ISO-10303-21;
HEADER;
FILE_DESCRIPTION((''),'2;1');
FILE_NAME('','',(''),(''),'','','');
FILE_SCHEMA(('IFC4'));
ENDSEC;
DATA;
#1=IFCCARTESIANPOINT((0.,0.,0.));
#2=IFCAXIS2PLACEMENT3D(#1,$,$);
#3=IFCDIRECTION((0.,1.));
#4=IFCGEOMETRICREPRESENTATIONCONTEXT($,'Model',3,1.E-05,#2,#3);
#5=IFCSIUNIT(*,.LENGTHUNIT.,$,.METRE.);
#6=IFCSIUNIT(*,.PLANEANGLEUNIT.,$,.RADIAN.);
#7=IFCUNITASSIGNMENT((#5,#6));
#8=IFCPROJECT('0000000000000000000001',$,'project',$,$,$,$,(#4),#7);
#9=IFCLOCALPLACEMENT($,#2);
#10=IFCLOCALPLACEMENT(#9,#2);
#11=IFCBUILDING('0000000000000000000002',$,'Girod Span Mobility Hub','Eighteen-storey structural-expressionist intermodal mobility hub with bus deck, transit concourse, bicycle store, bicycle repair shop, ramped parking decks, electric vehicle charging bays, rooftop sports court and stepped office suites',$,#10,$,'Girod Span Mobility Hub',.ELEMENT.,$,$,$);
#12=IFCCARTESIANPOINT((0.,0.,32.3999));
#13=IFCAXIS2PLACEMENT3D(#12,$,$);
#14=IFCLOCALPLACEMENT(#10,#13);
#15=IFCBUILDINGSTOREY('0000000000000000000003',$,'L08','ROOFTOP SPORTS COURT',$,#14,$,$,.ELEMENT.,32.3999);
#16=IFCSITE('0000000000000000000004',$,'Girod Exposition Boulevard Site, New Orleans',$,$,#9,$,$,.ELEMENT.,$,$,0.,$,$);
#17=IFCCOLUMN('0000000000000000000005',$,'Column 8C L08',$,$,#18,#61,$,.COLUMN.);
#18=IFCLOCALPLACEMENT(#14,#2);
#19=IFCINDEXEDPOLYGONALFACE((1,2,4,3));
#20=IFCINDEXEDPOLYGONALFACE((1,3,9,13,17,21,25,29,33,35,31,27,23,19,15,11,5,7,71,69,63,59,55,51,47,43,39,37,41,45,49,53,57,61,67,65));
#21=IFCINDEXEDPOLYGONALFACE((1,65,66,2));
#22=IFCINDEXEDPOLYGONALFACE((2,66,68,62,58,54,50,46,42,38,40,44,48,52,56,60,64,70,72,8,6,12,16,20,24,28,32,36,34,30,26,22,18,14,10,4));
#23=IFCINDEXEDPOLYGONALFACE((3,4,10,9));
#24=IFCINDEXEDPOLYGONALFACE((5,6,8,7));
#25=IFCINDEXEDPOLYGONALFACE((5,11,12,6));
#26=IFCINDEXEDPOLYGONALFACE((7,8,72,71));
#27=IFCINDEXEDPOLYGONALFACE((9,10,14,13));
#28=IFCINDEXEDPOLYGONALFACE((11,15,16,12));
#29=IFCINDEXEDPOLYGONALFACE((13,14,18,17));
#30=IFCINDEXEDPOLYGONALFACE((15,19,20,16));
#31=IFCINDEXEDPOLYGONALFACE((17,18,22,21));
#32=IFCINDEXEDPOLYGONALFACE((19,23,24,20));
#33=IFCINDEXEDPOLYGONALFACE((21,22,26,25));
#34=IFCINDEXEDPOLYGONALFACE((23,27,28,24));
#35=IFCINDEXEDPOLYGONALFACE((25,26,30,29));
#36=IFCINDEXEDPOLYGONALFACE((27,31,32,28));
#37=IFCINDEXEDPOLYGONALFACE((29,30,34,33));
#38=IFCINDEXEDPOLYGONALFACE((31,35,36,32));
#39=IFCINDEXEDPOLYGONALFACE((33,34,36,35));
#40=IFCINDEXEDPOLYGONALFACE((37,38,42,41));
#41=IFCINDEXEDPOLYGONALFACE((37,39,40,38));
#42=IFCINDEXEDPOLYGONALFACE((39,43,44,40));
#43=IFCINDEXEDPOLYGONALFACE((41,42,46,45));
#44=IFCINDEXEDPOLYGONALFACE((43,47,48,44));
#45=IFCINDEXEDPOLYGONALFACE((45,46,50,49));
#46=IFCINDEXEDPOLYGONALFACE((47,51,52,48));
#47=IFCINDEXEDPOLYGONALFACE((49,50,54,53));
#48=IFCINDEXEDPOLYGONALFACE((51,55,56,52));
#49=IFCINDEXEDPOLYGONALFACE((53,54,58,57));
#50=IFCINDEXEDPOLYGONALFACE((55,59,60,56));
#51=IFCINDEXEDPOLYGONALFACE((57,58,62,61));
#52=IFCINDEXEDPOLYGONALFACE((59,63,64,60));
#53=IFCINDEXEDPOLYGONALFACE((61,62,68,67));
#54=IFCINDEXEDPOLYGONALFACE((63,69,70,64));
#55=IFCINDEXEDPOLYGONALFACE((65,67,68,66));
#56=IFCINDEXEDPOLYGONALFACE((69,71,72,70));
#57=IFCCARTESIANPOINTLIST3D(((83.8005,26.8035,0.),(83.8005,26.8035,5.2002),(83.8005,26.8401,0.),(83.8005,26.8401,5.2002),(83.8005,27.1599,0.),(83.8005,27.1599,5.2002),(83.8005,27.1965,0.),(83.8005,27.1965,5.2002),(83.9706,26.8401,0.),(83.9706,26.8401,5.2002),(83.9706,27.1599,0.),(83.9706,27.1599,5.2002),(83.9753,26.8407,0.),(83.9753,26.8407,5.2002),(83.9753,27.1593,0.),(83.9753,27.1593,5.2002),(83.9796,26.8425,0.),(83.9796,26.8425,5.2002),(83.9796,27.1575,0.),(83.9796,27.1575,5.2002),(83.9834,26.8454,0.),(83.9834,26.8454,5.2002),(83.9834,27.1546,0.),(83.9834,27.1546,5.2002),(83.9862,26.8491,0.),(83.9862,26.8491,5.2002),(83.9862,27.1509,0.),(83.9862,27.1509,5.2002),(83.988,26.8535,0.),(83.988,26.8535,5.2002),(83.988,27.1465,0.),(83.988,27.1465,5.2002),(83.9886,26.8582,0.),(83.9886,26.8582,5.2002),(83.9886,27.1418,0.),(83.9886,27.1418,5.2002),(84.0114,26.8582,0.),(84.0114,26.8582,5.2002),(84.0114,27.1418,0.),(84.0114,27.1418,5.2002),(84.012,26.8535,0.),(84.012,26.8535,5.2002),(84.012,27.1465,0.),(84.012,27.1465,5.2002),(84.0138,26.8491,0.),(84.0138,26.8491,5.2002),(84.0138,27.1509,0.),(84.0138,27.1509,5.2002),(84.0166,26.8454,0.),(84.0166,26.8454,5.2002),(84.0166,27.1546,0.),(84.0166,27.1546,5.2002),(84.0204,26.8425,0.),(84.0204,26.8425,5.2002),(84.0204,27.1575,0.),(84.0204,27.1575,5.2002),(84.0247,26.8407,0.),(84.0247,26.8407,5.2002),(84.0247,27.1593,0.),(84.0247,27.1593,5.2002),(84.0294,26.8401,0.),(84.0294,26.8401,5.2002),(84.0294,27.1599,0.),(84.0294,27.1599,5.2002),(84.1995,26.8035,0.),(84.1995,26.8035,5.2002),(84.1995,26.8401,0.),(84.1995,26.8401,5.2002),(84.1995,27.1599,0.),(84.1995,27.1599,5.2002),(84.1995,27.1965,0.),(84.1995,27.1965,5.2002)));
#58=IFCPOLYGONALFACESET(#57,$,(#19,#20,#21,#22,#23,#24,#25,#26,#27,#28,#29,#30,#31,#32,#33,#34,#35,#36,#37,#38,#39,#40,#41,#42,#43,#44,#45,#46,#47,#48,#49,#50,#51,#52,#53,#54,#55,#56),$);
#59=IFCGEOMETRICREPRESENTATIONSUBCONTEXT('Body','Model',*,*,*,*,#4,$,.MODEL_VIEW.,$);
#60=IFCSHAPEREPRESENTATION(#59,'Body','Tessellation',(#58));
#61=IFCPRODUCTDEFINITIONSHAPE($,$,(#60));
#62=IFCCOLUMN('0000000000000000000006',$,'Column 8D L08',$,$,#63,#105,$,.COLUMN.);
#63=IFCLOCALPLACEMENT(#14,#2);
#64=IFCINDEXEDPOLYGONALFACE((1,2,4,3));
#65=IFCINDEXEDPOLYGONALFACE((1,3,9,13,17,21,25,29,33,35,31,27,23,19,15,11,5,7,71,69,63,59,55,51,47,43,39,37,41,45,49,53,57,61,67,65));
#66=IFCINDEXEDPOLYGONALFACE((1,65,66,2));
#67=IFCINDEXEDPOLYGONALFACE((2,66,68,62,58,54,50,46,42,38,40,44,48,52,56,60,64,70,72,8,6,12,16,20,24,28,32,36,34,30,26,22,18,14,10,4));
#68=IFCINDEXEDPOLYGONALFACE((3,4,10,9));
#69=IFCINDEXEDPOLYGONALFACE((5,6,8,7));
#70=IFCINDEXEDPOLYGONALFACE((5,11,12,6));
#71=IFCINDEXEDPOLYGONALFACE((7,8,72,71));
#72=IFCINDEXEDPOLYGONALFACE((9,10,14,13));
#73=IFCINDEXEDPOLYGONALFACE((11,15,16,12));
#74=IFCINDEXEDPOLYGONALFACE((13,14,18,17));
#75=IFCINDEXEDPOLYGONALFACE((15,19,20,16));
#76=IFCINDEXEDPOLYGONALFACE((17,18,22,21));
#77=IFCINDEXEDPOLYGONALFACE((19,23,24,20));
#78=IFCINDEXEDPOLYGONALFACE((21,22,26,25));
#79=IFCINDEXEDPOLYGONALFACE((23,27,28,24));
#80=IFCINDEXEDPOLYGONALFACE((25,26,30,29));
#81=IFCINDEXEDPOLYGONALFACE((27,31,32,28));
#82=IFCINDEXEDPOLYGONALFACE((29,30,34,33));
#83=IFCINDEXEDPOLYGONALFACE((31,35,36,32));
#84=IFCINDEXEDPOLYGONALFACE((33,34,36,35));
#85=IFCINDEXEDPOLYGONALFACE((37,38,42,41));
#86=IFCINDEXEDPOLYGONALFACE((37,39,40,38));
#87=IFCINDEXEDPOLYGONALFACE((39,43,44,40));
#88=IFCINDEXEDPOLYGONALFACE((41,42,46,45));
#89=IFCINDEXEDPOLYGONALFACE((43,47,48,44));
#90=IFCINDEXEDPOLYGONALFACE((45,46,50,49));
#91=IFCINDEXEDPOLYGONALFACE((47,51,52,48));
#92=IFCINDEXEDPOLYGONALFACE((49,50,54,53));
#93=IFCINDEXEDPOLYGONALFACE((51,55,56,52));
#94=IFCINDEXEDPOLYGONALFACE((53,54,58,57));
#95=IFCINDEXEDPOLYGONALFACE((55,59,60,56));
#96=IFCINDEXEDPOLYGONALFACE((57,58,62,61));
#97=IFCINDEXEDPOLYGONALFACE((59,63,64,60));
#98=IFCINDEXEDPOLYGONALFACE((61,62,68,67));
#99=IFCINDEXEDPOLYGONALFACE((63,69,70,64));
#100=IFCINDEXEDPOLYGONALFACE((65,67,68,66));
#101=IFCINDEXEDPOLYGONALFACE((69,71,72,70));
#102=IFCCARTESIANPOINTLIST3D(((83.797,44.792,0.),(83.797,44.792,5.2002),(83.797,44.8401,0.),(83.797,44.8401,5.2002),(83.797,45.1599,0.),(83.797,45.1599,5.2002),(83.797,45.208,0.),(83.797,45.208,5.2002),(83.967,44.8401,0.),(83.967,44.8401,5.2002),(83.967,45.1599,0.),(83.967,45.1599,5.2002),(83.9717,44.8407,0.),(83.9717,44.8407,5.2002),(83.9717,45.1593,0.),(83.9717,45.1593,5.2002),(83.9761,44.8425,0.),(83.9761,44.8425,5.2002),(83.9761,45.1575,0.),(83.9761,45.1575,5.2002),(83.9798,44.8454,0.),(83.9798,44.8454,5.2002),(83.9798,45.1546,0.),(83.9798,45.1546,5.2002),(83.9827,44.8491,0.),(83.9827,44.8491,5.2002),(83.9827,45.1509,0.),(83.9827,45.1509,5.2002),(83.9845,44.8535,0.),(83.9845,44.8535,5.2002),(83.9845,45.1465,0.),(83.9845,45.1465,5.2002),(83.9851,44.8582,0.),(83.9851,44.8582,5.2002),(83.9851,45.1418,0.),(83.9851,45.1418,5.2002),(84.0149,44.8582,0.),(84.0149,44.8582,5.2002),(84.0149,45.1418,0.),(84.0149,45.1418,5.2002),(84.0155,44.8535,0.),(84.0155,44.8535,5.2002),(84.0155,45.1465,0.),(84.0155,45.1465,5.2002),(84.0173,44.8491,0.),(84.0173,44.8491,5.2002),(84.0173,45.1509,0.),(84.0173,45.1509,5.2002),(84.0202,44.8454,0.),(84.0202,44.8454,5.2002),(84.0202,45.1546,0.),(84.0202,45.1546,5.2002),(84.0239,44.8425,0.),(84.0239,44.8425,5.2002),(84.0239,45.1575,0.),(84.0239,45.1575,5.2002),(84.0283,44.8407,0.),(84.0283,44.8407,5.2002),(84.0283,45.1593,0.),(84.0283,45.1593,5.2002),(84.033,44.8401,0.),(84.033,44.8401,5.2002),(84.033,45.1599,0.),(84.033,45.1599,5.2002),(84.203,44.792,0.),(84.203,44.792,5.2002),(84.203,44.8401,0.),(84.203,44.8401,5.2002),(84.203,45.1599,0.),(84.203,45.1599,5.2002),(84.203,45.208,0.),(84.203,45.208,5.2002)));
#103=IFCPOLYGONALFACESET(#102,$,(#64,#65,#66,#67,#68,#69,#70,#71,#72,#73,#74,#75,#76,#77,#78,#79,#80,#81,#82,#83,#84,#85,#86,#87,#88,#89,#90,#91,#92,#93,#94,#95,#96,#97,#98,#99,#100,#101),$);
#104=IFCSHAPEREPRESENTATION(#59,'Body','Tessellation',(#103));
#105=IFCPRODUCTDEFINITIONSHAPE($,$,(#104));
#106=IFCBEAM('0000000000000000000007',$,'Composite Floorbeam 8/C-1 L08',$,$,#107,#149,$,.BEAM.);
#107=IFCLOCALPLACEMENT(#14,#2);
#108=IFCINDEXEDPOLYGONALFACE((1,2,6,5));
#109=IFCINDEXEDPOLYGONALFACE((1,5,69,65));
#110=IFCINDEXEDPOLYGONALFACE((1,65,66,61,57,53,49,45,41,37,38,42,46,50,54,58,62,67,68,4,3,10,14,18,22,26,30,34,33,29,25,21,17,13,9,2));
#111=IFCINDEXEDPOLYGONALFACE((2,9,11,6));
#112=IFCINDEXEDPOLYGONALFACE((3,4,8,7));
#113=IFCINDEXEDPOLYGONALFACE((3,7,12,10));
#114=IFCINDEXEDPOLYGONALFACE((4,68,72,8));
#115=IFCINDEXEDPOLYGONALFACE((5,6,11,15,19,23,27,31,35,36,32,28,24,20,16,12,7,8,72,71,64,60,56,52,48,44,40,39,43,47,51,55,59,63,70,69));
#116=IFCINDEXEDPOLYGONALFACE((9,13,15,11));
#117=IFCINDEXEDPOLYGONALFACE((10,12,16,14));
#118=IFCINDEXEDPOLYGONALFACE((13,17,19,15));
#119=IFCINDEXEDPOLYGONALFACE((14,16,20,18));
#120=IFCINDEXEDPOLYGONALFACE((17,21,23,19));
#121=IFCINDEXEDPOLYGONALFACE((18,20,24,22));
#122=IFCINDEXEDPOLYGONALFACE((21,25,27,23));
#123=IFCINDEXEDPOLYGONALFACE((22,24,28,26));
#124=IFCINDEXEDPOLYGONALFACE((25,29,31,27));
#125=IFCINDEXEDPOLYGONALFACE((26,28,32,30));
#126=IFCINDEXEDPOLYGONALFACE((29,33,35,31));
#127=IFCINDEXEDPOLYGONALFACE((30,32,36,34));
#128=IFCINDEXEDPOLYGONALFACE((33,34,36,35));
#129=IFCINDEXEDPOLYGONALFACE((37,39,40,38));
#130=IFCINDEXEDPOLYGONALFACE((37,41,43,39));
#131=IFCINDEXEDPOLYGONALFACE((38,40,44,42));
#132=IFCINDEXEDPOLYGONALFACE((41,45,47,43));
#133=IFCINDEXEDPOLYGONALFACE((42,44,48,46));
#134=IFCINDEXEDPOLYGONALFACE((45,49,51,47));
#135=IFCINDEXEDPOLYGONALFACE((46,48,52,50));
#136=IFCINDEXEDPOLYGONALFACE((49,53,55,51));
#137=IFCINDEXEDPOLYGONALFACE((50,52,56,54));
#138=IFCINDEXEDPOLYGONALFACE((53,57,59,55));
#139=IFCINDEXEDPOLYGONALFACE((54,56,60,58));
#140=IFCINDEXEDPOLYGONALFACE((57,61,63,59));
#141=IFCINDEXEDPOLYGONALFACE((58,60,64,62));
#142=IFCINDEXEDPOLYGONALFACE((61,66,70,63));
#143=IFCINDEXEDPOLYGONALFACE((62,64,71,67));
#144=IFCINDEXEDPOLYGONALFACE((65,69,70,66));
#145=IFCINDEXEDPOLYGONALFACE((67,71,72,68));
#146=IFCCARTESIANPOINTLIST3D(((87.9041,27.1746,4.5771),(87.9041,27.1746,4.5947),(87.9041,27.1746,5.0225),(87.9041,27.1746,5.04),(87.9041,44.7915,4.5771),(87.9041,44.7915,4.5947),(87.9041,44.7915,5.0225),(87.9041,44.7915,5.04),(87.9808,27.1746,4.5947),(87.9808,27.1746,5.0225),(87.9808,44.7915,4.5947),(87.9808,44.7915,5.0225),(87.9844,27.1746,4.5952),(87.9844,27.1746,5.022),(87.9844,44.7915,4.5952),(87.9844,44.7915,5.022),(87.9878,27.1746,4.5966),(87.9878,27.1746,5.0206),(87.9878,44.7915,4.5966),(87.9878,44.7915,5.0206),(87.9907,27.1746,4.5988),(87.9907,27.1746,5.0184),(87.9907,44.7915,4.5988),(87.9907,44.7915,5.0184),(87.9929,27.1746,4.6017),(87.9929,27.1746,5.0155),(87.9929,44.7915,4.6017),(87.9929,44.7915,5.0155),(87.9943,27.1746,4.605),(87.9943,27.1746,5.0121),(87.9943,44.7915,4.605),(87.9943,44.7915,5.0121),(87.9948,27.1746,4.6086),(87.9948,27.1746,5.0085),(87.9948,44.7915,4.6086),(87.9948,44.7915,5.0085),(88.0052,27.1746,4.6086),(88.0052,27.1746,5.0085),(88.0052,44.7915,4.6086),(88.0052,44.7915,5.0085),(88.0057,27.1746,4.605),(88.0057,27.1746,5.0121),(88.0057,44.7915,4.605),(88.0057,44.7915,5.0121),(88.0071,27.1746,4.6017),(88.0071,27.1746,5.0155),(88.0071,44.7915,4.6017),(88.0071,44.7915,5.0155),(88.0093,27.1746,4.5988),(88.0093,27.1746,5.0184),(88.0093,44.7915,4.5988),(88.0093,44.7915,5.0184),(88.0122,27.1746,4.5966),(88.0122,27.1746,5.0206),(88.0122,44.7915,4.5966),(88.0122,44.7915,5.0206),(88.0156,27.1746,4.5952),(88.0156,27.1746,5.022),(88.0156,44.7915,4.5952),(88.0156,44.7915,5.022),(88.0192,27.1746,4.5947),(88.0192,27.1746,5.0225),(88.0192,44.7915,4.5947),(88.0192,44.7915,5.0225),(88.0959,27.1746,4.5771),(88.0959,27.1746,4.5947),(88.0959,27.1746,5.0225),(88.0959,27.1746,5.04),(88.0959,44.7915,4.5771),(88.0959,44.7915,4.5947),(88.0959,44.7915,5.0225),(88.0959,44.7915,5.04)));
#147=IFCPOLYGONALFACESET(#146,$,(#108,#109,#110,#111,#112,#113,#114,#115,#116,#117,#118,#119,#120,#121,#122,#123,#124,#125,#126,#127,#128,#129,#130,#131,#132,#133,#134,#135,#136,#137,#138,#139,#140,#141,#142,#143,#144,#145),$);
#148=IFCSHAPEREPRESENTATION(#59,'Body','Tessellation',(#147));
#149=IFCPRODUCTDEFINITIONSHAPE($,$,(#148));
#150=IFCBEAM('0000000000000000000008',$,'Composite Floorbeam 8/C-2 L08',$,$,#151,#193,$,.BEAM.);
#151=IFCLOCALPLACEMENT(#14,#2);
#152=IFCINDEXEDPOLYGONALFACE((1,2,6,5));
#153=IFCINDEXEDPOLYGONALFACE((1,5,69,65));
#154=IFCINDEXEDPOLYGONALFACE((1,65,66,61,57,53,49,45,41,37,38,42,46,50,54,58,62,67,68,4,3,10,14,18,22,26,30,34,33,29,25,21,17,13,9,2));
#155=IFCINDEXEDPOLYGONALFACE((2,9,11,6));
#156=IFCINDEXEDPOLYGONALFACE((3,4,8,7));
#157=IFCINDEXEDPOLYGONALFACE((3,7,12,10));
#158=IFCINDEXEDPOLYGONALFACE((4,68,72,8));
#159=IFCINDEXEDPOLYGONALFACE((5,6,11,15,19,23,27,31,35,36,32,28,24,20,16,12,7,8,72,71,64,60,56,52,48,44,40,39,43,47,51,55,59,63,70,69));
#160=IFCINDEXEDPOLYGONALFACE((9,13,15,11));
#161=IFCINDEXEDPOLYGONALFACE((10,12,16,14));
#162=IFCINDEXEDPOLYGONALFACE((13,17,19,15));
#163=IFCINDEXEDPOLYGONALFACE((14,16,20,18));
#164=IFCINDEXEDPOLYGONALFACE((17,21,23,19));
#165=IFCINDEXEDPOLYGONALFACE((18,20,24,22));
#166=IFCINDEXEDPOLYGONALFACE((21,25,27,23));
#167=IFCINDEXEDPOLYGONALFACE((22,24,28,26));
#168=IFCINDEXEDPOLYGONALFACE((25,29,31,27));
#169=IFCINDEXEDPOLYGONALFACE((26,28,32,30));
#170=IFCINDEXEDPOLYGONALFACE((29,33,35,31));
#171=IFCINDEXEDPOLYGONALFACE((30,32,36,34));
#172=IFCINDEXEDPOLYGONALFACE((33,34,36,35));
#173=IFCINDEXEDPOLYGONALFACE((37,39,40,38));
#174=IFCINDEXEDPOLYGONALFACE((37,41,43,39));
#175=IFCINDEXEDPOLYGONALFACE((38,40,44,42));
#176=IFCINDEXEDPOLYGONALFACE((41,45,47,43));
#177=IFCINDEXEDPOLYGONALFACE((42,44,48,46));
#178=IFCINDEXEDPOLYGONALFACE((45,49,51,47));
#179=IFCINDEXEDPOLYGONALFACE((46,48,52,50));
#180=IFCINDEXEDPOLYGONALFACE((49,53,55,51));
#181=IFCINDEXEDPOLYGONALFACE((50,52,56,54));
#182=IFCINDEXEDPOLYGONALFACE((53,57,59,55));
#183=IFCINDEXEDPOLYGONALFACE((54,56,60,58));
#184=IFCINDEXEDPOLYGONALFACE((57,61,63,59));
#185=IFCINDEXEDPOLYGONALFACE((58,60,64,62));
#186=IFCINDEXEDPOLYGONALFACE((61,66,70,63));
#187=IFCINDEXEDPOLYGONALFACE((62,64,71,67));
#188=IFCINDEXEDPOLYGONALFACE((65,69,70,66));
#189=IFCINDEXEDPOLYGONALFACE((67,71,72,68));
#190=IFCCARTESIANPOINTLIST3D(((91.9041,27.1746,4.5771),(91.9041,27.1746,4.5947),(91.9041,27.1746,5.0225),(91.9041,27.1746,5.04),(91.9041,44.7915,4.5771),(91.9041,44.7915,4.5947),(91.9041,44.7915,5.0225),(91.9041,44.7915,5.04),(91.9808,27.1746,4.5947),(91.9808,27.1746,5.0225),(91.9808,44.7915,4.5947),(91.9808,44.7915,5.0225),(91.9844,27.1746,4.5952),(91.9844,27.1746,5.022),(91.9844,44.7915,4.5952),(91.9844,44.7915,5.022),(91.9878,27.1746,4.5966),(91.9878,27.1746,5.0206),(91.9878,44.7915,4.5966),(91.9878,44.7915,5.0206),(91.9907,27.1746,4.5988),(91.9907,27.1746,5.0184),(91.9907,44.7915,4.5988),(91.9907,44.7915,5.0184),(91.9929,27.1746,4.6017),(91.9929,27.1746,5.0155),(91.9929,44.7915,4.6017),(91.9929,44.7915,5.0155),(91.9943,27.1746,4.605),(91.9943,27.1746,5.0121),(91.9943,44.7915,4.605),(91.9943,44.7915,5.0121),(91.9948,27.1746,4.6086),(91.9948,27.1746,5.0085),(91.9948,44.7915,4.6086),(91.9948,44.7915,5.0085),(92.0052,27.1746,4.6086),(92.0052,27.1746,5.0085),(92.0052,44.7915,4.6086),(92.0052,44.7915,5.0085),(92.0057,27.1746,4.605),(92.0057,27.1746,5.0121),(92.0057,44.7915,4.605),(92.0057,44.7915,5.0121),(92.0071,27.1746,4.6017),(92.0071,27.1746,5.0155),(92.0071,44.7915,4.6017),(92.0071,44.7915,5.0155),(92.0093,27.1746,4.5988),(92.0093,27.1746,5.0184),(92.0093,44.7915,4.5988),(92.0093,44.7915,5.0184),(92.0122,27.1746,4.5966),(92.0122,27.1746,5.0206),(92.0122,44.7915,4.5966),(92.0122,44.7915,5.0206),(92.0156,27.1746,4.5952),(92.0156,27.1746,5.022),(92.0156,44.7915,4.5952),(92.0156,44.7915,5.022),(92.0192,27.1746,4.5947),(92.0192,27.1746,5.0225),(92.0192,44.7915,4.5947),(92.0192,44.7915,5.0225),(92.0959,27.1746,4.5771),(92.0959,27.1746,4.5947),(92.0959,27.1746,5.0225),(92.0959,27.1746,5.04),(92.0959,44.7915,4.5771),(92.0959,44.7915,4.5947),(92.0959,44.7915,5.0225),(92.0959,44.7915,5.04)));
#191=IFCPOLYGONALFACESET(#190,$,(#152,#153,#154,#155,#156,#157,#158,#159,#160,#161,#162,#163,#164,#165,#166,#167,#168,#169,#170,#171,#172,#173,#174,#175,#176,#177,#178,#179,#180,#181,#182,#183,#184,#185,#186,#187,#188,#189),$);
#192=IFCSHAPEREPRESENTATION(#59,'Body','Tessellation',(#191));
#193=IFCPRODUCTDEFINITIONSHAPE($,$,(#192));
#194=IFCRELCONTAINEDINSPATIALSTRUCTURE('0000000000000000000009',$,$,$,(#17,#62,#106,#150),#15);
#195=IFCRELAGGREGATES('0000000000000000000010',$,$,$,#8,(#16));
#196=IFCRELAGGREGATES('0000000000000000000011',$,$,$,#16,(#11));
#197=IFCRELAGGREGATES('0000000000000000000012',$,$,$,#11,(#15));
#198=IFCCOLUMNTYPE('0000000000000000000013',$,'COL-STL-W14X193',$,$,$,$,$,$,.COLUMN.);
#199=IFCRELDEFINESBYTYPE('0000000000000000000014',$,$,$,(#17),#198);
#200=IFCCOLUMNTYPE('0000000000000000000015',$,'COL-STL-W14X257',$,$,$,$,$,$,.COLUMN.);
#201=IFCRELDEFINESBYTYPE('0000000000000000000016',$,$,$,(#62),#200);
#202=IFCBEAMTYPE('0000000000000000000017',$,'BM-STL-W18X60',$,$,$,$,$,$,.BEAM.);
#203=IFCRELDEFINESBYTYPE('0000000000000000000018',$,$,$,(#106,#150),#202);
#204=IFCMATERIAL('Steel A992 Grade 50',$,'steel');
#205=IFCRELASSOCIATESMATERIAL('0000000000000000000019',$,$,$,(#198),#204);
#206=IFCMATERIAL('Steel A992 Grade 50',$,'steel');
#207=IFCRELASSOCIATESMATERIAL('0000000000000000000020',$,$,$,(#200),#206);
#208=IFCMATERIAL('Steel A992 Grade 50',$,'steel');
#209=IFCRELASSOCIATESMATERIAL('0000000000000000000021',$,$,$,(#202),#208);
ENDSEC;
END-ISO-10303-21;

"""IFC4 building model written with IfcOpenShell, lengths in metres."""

from ifc_helpers import new_model, si_unit, direction, frame, origin, origin_2d, place, context, subcontext, project, spatial, i_section, extrude, material, material_profile, profile_set, type_object, element, save


model = new_model("IFC4")

# Units and contexts
model_context = context("Model", 3, precision=1e-05, world=origin(), true_north=direction((0.0, 1.0)))
body_context = subcontext(model_context, "Body", "Model", "MODEL_VIEW")
ifc_project = project(units=[si_unit("LENGTHUNIT", "METRE"), si_unit("PLANEANGLEUNIT", "RADIAN")], contexts=[model_context])

# Site, building, storey
site_placement = place(None, origin())
site = spatial("IfcSite", under=ifc_project, at=site_placement, Name="Girod Exposition Boulevard Site, New Orleans", CompositionType="ELEMENT", RefElevation=0.0)
building_placement = place(site_placement, origin())
building = spatial("IfcBuilding", under=site, at=building_placement, Name="Girod Span Mobility Hub", Description="Eighteen-storey structural-expressionist intermodal mobility hub with bus deck, transit concourse, bicycle store, bicycle repair shop, ramped parking decks, electric vehicle charging bays, rooftop sports court and stepped office suites", LongName="Girod Span Mobility Hub", CompositionType="ELEMENT")
storey_placement = place(building_placement, frame((0.0, 0.0, 32.3999)))
storey = spatial("IfcBuildingStorey", under=building, at=storey_placement, Name="L08", Description="ROOFTOP SPORTS COURT", CompositionType="ELEMENT", Elevation=32.3999)

# Columns
ifc_material_1 = material(Name="Steel A992 Grade 50", Category="steel")
ifc_material_profile_1 = material_profile(ifc_material_1, i_section(OverallWidth=0.3989, OverallDepth=0.3931, WebThickness=0.0227, FlangeThickness=0.0366, FilletRadius=0.0181, at=origin_2d()), Name="W14X193")
ifc_profile_set_1 = profile_set([ifc_material_profile_1], Name="Steel A992 Grade 50")
column_type_1 = type_object("IfcColumnType", Name="COL-STL-W14X193", PredefinedType="COLUMN", material=ifc_profile_set_1)
column_1_placement = place(storey_placement, frame((84.0, 27.0, 0.0), z_axis=(0.0, 0.0, 1.0), x_axis=(1.0, 0.0, 0.0)))
element("IfcColumn", 1, at=column_1_placement, inside=storey, type_object=column_type_1, Name="Column 8C L08", PredefinedType="COLUMN", context=body_context, shape_type="SweptSolid", body=[
    extrude(i_section(OverallWidth=0.3989, OverallDepth=0.3931, WebThickness=0.0227, FlangeThickness=0.0366, FilletRadius=0.0181, at=origin_2d()), origin(), (0.0, 0.0, 1.0), 5.2002),
])
ifc_material_2 = material(Name="Steel A992 Grade 50", Category="steel")
ifc_material_profile_2 = material_profile(ifc_material_2, i_section(OverallWidth=0.406, OverallDepth=0.416, WebThickness=0.0298, FlangeThickness=0.0481, FilletRadius=0.0181, at=origin_2d()), Name="W14X257")
ifc_profile_set_2 = profile_set([ifc_material_profile_2], Name="Steel A992 Grade 50")
column_type_2 = type_object("IfcColumnType", Name="COL-STL-W14X257", PredefinedType="COLUMN", material=ifc_profile_set_2)
column_2_placement = place(storey_placement, frame((84.0, 45.0, 0.0), z_axis=(0.0, 0.0, 1.0), x_axis=(1.0, 0.0, 0.0)))
element("IfcColumn", 2, at=column_2_placement, inside=storey, type_object=column_type_2, Name="Column 8D L08", PredefinedType="COLUMN", context=body_context, shape_type="SweptSolid", body=[
    extrude(i_section(OverallWidth=0.406, OverallDepth=0.416, WebThickness=0.0298, FlangeThickness=0.0481, FilletRadius=0.0181, at=origin_2d()), origin(), (0.0, 0.0, 1.0), 5.2002),
])

# Beams
ifc_material_3 = material(Name="Steel A992 Grade 50", Category="steel")
ifc_material_profile_3 = material_profile(ifc_material_3, i_section(OverallWidth=0.1919, OverallDepth=0.4629, WebThickness=0.0105, FlangeThickness=0.0176, FilletRadius=0.0139, at=origin_2d()), Name="W18X60")
ifc_profile_set_3 = profile_set([ifc_material_profile_3], Name="Steel A992 Grade 50")
beam_type_1 = type_object("IfcBeamType", Name="BM-STL-W18X60", PredefinedType="BEAM", material=ifc_profile_set_3)
for number, where, z_axis, x_axis, name in (
    (3, (88.0, 27.1746, 4.8086), (0.0, 1.0, 0.0), (-1.0, 0.0, 0.0), "Composite Floorbeam 8/C-1 L08"),
    (4, (92.0, 27.1746, 4.8086), (0.0, 1.0, 0.0), (-1.0, 0.0, 0.0), "Composite Floorbeam 8/C-2 L08"),
):
    element("IfcBeam", number, at=place(storey_placement, frame(where, z_axis=z_axis, x_axis=x_axis)), inside=storey, type_object=beam_type_1, Name=name, PredefinedType="BEAM", context=body_context, shape_type="SweptSolid", body=[
        extrude(i_section(OverallWidth=0.1919, OverallDepth=0.4629, WebThickness=0.0105, FlangeThickness=0.0176, FilletRadius=0.0139, at=origin_2d()), origin(), (0.0, 0.0, 1.0), 17.6169),
    ])

save(model, "model.ifc")
